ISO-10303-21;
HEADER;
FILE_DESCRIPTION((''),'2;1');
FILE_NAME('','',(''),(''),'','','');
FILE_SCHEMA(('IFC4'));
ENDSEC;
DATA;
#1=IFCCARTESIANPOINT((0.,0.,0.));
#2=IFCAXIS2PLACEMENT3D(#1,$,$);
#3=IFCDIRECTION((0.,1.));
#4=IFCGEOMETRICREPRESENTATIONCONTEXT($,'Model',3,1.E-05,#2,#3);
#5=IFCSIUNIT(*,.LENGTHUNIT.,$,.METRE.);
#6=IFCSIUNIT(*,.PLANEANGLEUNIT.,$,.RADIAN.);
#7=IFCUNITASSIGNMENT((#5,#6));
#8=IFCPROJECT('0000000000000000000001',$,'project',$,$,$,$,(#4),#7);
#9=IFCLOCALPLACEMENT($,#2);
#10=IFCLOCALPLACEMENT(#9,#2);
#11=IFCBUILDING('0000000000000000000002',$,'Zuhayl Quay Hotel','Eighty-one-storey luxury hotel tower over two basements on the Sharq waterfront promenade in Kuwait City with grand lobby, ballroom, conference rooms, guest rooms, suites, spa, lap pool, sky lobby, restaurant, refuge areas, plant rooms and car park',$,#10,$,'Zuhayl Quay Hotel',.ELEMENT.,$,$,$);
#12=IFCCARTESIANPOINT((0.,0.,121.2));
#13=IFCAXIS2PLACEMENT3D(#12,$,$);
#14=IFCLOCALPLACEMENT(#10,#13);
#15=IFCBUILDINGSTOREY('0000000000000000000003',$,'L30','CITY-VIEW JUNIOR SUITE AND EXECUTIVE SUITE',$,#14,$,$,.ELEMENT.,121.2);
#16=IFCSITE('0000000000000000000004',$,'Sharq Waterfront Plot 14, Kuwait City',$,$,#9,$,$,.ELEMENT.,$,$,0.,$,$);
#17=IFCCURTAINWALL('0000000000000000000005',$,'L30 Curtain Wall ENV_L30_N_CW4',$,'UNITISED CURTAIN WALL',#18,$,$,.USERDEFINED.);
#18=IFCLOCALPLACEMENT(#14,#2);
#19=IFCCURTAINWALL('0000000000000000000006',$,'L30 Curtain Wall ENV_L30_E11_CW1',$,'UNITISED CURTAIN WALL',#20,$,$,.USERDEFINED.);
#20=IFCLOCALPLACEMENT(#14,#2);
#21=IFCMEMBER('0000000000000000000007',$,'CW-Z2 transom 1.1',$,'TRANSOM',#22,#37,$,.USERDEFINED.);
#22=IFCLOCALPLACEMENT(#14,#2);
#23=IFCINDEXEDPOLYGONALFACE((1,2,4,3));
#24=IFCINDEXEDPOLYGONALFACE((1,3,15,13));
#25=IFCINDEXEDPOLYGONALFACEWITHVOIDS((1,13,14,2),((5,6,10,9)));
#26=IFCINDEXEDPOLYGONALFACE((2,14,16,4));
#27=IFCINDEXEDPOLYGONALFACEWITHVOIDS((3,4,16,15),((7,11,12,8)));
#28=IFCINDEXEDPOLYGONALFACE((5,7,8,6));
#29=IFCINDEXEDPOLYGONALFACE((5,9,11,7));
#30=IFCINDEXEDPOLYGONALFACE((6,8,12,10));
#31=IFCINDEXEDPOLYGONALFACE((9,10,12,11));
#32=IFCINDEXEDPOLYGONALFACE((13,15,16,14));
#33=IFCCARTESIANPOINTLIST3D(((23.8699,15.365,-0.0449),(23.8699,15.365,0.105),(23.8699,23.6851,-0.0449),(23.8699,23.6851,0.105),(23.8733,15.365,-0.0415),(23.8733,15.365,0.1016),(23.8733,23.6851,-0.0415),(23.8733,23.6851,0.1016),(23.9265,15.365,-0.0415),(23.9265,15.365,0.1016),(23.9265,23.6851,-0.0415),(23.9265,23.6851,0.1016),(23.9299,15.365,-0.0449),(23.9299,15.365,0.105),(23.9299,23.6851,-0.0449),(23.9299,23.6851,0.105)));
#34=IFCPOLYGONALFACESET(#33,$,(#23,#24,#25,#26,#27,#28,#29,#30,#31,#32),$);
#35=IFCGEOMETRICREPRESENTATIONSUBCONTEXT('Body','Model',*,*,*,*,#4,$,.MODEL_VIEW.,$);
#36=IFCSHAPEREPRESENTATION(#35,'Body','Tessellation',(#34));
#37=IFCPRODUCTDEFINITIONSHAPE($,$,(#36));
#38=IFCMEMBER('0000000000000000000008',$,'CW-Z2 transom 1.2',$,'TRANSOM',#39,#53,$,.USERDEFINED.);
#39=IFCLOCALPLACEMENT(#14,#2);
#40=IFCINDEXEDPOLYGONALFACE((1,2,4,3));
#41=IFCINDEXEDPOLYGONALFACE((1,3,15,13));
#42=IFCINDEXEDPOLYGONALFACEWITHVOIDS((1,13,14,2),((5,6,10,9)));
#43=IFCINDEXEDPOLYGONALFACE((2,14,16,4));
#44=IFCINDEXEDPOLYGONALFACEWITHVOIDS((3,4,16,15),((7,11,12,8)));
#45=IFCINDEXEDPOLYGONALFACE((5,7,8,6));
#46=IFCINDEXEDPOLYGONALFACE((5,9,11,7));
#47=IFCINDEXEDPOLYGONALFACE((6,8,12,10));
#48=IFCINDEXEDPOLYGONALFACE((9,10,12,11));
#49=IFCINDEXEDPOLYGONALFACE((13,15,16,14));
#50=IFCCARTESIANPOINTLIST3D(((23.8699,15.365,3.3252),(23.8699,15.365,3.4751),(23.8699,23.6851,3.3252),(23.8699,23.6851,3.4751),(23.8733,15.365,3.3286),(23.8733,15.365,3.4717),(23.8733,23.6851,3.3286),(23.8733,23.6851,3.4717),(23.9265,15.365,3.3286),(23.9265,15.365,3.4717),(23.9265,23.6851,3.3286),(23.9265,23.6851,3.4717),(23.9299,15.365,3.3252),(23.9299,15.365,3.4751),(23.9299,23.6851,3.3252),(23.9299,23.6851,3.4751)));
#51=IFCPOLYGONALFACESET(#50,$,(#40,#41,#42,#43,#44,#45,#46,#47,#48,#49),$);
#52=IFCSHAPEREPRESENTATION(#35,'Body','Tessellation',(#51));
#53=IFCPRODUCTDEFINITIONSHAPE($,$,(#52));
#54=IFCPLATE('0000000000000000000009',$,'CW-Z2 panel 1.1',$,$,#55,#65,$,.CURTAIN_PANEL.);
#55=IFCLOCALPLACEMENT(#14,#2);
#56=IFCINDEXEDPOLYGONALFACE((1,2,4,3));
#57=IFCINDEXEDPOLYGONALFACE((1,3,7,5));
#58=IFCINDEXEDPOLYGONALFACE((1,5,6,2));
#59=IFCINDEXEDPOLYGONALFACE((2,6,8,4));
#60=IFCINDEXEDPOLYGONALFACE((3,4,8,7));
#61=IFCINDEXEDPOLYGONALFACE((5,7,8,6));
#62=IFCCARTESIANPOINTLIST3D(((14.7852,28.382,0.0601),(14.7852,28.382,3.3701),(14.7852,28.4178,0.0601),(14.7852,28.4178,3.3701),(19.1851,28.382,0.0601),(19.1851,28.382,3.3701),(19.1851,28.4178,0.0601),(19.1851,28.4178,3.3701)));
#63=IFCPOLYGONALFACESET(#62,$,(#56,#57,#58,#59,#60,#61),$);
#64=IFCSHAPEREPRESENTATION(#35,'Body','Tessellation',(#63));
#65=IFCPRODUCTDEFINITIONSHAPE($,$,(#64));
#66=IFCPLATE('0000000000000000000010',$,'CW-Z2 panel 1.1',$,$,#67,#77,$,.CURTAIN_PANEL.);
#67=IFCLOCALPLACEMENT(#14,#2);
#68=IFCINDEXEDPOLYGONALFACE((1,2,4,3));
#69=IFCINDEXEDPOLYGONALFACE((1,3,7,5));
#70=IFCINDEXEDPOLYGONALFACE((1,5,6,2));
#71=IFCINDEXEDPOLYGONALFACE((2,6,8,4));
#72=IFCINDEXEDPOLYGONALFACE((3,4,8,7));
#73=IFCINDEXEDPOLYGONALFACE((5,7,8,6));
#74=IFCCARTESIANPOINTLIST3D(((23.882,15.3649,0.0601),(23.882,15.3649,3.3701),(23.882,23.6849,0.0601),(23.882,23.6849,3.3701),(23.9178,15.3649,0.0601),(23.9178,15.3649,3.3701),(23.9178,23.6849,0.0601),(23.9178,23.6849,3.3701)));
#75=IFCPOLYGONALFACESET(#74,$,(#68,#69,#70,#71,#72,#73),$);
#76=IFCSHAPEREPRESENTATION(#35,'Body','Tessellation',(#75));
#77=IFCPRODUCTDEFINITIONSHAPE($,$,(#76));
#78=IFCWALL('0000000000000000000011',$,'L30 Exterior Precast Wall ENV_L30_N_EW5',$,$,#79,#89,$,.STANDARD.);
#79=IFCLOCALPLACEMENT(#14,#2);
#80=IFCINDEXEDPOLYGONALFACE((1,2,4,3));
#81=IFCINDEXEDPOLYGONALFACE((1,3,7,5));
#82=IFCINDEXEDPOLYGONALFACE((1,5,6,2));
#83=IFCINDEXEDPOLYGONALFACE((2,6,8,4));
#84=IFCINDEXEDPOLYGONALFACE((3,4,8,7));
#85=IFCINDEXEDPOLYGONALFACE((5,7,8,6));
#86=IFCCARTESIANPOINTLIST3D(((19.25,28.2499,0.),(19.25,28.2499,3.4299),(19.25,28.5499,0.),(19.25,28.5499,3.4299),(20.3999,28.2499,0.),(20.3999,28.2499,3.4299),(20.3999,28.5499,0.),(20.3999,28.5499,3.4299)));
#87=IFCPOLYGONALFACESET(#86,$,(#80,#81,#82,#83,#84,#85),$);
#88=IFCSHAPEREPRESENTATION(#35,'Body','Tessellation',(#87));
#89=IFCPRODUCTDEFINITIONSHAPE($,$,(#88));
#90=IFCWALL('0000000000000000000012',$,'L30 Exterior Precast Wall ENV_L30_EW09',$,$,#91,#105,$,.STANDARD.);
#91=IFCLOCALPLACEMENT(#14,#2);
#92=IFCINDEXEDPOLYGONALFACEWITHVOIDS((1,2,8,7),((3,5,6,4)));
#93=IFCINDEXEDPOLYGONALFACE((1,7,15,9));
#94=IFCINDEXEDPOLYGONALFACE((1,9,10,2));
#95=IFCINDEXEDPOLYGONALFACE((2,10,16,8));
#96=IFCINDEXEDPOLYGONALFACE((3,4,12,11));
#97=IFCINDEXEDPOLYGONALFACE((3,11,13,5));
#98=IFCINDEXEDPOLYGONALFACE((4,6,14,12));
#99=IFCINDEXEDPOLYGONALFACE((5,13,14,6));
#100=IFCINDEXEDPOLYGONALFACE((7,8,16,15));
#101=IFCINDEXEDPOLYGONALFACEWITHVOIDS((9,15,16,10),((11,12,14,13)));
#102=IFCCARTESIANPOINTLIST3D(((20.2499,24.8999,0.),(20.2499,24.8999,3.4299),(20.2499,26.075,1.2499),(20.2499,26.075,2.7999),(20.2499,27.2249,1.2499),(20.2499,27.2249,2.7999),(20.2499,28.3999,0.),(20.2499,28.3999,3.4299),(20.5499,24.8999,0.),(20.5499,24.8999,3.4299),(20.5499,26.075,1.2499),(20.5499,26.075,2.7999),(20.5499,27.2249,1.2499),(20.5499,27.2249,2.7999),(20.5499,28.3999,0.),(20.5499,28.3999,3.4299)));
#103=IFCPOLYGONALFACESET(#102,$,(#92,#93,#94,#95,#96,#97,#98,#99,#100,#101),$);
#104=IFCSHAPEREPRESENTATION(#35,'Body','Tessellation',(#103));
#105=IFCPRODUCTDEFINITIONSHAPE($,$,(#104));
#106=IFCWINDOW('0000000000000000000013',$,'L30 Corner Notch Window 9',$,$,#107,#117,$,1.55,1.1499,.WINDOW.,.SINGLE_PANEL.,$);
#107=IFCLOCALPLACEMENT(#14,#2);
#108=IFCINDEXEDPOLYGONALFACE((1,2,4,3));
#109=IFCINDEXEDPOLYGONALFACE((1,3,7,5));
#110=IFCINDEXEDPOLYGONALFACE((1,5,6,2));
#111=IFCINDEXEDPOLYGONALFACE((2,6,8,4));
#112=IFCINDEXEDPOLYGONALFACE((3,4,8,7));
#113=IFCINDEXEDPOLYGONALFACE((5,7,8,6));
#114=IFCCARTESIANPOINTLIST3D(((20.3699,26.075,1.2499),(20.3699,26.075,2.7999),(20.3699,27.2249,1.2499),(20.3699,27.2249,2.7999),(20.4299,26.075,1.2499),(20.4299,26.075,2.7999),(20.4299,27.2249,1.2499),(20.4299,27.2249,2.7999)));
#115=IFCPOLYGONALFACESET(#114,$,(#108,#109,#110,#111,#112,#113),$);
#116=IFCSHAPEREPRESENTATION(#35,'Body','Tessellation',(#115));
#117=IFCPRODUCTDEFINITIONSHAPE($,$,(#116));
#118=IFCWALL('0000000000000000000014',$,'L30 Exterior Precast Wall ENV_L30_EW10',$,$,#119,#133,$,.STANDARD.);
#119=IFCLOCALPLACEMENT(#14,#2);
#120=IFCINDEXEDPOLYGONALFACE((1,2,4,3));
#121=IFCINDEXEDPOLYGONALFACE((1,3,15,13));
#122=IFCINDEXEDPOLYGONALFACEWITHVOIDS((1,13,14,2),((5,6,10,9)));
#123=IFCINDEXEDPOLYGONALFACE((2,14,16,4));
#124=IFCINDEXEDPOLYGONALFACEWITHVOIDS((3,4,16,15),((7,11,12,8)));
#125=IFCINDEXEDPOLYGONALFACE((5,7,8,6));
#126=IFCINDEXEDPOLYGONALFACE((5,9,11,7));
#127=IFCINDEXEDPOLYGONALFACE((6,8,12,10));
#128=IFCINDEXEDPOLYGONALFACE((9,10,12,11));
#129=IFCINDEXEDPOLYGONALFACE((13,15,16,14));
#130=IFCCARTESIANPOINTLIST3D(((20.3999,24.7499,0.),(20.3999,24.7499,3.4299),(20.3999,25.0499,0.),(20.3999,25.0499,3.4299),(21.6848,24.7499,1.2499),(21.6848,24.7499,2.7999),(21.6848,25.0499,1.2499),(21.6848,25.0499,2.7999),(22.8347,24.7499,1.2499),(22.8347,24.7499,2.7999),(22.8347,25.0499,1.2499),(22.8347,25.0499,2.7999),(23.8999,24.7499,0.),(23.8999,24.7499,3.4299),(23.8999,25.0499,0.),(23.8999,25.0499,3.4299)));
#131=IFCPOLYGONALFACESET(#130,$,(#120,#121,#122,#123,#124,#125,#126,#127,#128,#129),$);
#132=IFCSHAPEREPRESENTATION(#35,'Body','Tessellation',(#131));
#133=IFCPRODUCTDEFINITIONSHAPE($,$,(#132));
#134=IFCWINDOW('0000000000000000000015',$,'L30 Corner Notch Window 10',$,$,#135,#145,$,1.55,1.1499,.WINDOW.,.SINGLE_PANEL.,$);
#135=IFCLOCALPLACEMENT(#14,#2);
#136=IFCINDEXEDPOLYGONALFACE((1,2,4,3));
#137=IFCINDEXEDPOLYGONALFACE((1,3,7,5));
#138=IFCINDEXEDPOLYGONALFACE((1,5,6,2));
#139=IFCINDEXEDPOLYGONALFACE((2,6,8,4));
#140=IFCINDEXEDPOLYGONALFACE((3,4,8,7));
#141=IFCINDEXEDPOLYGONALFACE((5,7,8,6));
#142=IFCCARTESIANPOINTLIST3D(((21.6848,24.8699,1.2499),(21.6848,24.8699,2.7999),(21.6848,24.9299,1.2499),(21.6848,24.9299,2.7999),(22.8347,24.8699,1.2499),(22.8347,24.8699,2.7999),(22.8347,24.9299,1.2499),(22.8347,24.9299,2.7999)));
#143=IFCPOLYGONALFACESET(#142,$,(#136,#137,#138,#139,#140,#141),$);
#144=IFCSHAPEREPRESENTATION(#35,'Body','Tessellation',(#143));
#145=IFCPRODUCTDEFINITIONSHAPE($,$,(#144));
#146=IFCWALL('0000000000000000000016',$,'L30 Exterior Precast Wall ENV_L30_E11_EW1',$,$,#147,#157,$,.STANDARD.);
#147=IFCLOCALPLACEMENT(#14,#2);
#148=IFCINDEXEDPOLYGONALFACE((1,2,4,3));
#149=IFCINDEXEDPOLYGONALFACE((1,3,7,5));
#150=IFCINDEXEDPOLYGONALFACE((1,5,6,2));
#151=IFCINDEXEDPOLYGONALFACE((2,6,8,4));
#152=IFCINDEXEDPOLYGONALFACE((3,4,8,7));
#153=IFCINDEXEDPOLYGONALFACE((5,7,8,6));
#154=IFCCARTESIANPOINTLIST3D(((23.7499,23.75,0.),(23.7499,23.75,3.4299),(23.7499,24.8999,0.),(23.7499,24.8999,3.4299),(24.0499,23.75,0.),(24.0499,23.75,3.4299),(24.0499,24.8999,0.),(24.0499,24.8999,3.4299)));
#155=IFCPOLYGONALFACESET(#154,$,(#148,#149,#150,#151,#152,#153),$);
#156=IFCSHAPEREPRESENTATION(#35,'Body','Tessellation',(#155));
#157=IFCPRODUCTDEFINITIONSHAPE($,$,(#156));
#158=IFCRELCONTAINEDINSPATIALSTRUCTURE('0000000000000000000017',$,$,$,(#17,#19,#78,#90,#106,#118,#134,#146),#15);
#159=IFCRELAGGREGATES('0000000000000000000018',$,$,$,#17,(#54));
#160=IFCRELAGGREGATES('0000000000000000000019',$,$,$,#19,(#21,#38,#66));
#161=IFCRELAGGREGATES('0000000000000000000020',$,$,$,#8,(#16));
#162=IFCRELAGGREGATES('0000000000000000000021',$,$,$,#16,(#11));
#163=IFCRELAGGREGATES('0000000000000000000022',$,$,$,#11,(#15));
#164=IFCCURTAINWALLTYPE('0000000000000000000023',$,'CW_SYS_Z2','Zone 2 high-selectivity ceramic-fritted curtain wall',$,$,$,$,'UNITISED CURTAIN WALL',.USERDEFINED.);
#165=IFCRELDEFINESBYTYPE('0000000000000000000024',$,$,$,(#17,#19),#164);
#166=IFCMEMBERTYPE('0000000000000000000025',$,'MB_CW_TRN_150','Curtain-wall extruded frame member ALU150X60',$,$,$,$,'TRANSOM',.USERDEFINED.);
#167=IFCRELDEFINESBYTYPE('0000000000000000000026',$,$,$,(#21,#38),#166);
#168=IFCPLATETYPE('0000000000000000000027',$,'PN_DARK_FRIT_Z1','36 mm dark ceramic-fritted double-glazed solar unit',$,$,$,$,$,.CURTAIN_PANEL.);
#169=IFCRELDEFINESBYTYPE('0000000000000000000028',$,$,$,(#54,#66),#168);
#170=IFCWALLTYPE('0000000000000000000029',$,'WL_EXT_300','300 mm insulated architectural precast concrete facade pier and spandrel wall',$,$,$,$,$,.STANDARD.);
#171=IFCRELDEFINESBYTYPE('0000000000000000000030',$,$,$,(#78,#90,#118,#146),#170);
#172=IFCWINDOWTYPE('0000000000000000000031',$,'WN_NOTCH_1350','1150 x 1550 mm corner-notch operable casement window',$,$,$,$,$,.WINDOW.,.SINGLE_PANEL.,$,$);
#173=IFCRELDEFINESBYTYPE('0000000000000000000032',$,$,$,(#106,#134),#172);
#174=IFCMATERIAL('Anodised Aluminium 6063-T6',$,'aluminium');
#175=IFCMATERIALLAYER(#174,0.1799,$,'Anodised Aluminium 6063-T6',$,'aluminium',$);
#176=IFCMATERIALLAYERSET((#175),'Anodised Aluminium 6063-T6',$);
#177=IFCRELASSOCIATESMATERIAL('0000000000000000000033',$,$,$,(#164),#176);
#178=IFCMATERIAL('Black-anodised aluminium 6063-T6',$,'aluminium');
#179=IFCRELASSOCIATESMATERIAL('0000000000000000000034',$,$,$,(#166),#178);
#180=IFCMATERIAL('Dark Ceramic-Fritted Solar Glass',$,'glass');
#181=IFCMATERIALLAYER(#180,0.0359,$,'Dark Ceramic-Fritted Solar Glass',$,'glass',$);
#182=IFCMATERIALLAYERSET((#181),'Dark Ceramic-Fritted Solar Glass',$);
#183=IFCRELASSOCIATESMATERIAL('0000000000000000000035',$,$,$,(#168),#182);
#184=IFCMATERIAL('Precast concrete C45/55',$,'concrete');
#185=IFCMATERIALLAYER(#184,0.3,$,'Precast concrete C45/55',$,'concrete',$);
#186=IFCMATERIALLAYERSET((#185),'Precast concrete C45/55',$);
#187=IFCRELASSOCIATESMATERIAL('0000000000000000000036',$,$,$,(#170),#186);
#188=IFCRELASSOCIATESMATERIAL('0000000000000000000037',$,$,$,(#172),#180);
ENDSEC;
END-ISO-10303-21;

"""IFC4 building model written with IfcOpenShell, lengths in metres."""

from ifc_helpers import new_model, si_unit, direction, frame, frame_2d, origin, origin_2d, place, context, subcontext, project, spatial, rectangle, hollow_rectangle, extrude, material, layer, layer_set, material_profile, profile_set, type_object, element, fill, aggregate, save


model = new_model("IFC4")

# Units and contexts
model_context = context("Model", 3, precision=1e-05, world=origin(), true_north=direction((0.0, 1.0)))
body_context = subcontext(model_context, "Body", "Model", "MODEL_VIEW")
ifc_project = project(units=[si_unit("LENGTHUNIT", "METRE"), si_unit("PLANEANGLEUNIT", "RADIAN")], contexts=[model_context])

# Site, building, storey
site_placement = place(None, origin())
site = spatial("IfcSite", under=ifc_project, at=site_placement, Name="Sharq Waterfront Plot 14, Kuwait City", CompositionType="ELEMENT", RefElevation=0.0)
building_placement = place(site_placement, origin())
building = spatial("IfcBuilding", under=site, at=building_placement, Name="Zuhayl Quay Hotel", Description="Eighty-one-storey luxury hotel tower over two basements on the Sharq waterfront promenade in Kuwait City with grand lobby, ballroom, conference rooms, guest rooms, suites, spa, lap pool, sky lobby, restaurant, refuge areas, plant rooms and car park", LongName="Zuhayl Quay Hotel", CompositionType="ELEMENT")
storey_placement = place(building_placement, frame((0.0, 0.0, 121.2)))
storey = spatial("IfcBuildingStorey", under=building, at=storey_placement, Name="L30", Description="CITY-VIEW JUNIOR SUITE AND EXECUTIVE SUITE", CompositionType="ELEMENT", Elevation=121.2)

# Curtain walls
ifc_material_1 = material(Name="Anodised Aluminium 6063-T6", Category="aluminium")
ifc_layer_1 = layer(ifc_material_1, 0.1799, Name="Anodised Aluminium 6063-T6", Category="aluminium")
ifc_layer_set_1 = layer_set([ifc_layer_1], Name="Anodised Aluminium 6063-T6")
curtain_wall_type = type_object("IfcCurtainWallType", Name="CW_SYS_Z2", Description="Zone 2 high-selectivity ceramic-fritted curtain wall", ElementType="UNITISED CURTAIN WALL", PredefinedType="USERDEFINED", material=ifc_layer_set_1)
curtain_wall_1_placement = place(storey_placement, origin())
curtain_wall_1 = element("IfcCurtainWall", 1, at=curtain_wall_1_placement, inside=storey, type_object=curtain_wall_type, Name="L30 Curtain Wall ENV_L30_N_CW4", ObjectType="UNITISED CURTAIN WALL", PredefinedType="USERDEFINED")
ifc_material_2 = material(Name="Black-anodised aluminium 6063-T6", Category="aluminium")
curtain_wall_2_placement = place(storey_placement, origin())
curtain_wall_2 = element("IfcCurtainWall", 2, at=curtain_wall_2_placement, inside=storey, type_object=curtain_wall_type, Name="L30 Curtain Wall ENV_L30_E11_CW1", ObjectType="UNITISED CURTAIN WALL", PredefinedType="USERDEFINED")

# Members
ifc_material_profile_1 = material_profile(ifc_material_2, hollow_rectangle(XDim=0.0601, YDim=0.1499, WallThickness=0.0034, at=origin_2d()), Name="ALU150X60")
ifc_profile_set_1 = profile_set([ifc_material_profile_1], Name="Black-anodised aluminium 6063-T6")
member_type_1 = type_object("IfcMemberType", Name="MB_CW_TRN_150", Description="Curtain-wall extruded frame member ALU150X60", ElementType="TRANSOM", PredefinedType="USERDEFINED", material=ifc_profile_set_1)
member_1_placement = place(storey_placement, frame((23.8999, 23.6851, 0.03), z_axis=(0.0, -1.0, 0.0), x_axis=(1.0, 0.0, 0.0)))
member_1 = element("IfcMember", 3, at=member_1_placement, type_object=member_type_1, Name="CW-Z2 transom 1.1", ObjectType="TRANSOM", PredefinedType="USERDEFINED", context=body_context, shape_type="SweptSolid", body=[
    extrude(hollow_rectangle(XDim=0.0601, YDim=0.1499, WallThickness=0.0034, at=origin_2d()), origin(), (0.0, 0.0, 1.0), 8.3201),
])
member_2_placement = place(storey_placement, frame((23.8999, 23.6851, 3.4001), z_axis=(0.0, -1.0, 0.0), x_axis=(1.0, 0.0, 0.0)))
member_2 = element("IfcMember", 4, at=member_2_placement, type_object=member_type_1, Name="CW-Z2 transom 1.2", ObjectType="TRANSOM", PredefinedType="USERDEFINED", context=body_context, shape_type="SweptSolid", body=[
    extrude(hollow_rectangle(XDim=0.0601, YDim=0.1499, WallThickness=0.0034, at=origin_2d()), origin(), (0.0, 0.0, 1.0), 8.3201),
])

# Plates
ifc_material_3 = material(Name="Dark Ceramic-Fritted Solar Glass", Category="glass")
ifc_layer_2 = layer(ifc_material_3, 0.0359, Name="Dark Ceramic-Fritted Solar Glass", Category="glass")
ifc_layer_set_2 = layer_set([ifc_layer_2], Name="Dark Ceramic-Fritted Solar Glass")
plate_type = type_object("IfcPlateType", Name="PN_DARK_FRIT_Z1", Description="36 mm dark ceramic-fritted double-glazed solar unit", PredefinedType="CURTAIN_PANEL", material=ifc_layer_set_2)
plate_1_placement = place(storey_placement, frame((16.9851, 28.3999, 0.0601), z_axis=(0.0, 0.0, 1.0), x_axis=(1.0, 0.0, 0.0)))
plate_1 = element("IfcPlate", 5, at=plate_1_placement, type_object=plate_type, Name="CW-Z2 panel 1.1", PredefinedType="CURTAIN_PANEL", context=body_context, shape_type="SweptSolid", body=[
    extrude(rectangle(XDim=4.3999, YDim=0.0359, at=origin_2d()), origin(), (0.0, 0.0, 1.0), 3.3101),
])
aggregate(curtain_wall_1, [plate_1])
plate_2_placement = place(storey_placement, frame((23.8999, 19.5249, 0.0601), z_axis=(0.0, 0.0, 1.0), x_axis=(0.0, -1.0, 0.0)))
plate_2 = element("IfcPlate", 6, at=plate_2_placement, type_object=plate_type, Name="CW-Z2 panel 1.1", PredefinedType="CURTAIN_PANEL", context=body_context, shape_type="SweptSolid", body=[
    extrude(rectangle(XDim=8.3201, YDim=0.0359, at=origin_2d()), origin(), (0.0, 0.0, 1.0), 3.3101),
])
aggregate(curtain_wall_2, [member_1, member_2, plate_2])

# Wall
ifc_material_4 = material(Name="Precast concrete C45/55", Category="concrete")
ifc_layer_3 = layer(ifc_material_4, 0.3, Name="Precast concrete C45/55", Category="concrete")
ifc_layer_set_3 = layer_set([ifc_layer_3], Name="Precast concrete C45/55")
wall_type_1 = type_object("IfcWallType", Name="WL_EXT_300", Description="300 mm insulated architectural precast concrete facade pier and spandrel wall", PredefinedType="STANDARD", material=ifc_layer_set_3)
wall_1_placement = place(storey_placement, frame((19.25, 28.3999, 0.0), z_axis=(0.0, 0.0, 1.0), x_axis=(1.0, 0.0, 0.0)))
element("IfcWall", 7, at=wall_1_placement, inside=storey, type_object=wall_type_1, Name="L30 Exterior Precast Wall ENV_L30_N_EW5", PredefinedType="STANDARD", context=body_context, shape_type="SweptSolid", body=[
    extrude(rectangle(XDim=1.1499, YDim=0.3, at=frame_2d((0.575, 0.0))), origin(), (0.0, 0.0, 1.0), 3.4299),
])

# Walls, openings, windows
wall_2_placement = place(storey_placement, frame((20.3999, 28.3999, 0.0), z_axis=(0.0, 0.0, 1.0), x_axis=(0.0, -1.0, 0.0)))
wall_2 = element("IfcWall", 8, at=wall_2_placement, inside=storey, type_object=wall_type_1, Name="L30 Exterior Precast Wall ENV_L30_EW09", PredefinedType="STANDARD", context=body_context, shape_type="SweptSolid", body=[
    extrude(rectangle(XDim=3.5, YDim=0.3, at=frame_2d((1.75, 0.0))), origin(), (0.0, 0.0, 1.0), 3.4299),
])
opening_1_placement = place(wall_2_placement, frame((1.175, 0.0, 1.25)))
opening_1 = element("IfcOpeningElement", 9, at=opening_1_placement, cuts=wall_2, PredefinedType="OPENING", context=body_context, shape_type="SweptSolid", body=[
    extrude(rectangle(XDim=1.1499, YDim=1.55, at=frame_2d((0.575, 0.7749))), frame((0.0, 0.1599, 0.0), z_axis=(0.0, -1.0, 0.0), x_axis=(1.0, 0.0, 0.0)), (0.0, 0.0, 1.0), 0.3201),
])
window_type_1 = type_object("IfcWindowType", Name="WN_NOTCH_1350", Description="1150 x 1550 mm corner-notch operable casement window", PartitioningType="SINGLE_PANEL", PredefinedType="WINDOW", material=ifc_material_3)
window_1_placement = place(opening_1_placement, origin())
window_1 = element("IfcWindow", 10, at=window_1_placement, inside=storey, type_object=window_type_1, Name="L30 Corner Notch Window 9", OverallHeight=1.55, OverallWidth=1.1499, PartitioningType="SINGLE_PANEL", PredefinedType="WINDOW", context=body_context, shape_type="SweptSolid", body=[
    extrude(rectangle(XDim=1.1499, YDim=1.55, at=frame_2d((0.575, 0.7749))), frame((0.0, 0.03, 0.0), z_axis=(0.0, -1.0, 0.0), x_axis=(1.0, 0.0, 0.0)), (0.0, 0.0, 1.0), 0.0601),
])
fill(opening_1, window_1)
wall_3_placement = place(storey_placement, frame((20.3999, 24.8999, 0.0), z_axis=(0.0, 0.0, 1.0), x_axis=(1.0, 0.0, 0.0)))
wall_3 = element("IfcWall", 11, at=wall_3_placement, inside=storey, type_object=wall_type_1, Name="L30 Exterior Precast Wall ENV_L30_EW10", PredefinedType="STANDARD", context=body_context, shape_type="SweptSolid", body=[
    extrude(rectangle(XDim=3.5, YDim=0.3, at=frame_2d((1.75, 0.0))), origin(), (0.0, 0.0, 1.0), 3.4299),
])
opening_2_placement = place(wall_3_placement, frame((1.2849, 0.0, 1.25)))
opening_2 = element("IfcOpeningElement", 12, at=opening_2_placement, cuts=wall_3, PredefinedType="OPENING", context=body_context, shape_type="SweptSolid", body=[
    extrude(rectangle(XDim=1.1499, YDim=1.55, at=frame_2d((0.575, 0.7749))), frame((0.0, 0.1599, 0.0), z_axis=(0.0, -1.0, 0.0), x_axis=(1.0, 0.0, 0.0)), (0.0, 0.0, 1.0), 0.3201),
])
window_2_placement = place(opening_2_placement, origin())
window_2 = element("IfcWindow", 13, at=window_2_placement, inside=storey, type_object=window_type_1, Name="L30 Corner Notch Window 10", OverallHeight=1.55, OverallWidth=1.1499, PartitioningType="SINGLE_PANEL", PredefinedType="WINDOW", context=body_context, shape_type="SweptSolid", body=[
    extrude(rectangle(XDim=1.1499, YDim=1.55, at=frame_2d((0.575, 0.7749))), frame((0.0, 0.03, 0.0), z_axis=(0.0, -1.0, 0.0), x_axis=(1.0, 0.0, 0.0)), (0.0, 0.0, 1.0), 0.0601),
])
fill(opening_2, window_2)

# Wall
wall_4_placement = place(storey_placement, frame((23.8999, 24.8999, 0.0), z_axis=(0.0, 0.0, 1.0), x_axis=(0.0, -1.0, 0.0)))
element("IfcWall", 14, at=wall_4_placement, inside=storey, type_object=wall_type_1, Name="L30 Exterior Precast Wall ENV_L30_E11_EW1", PredefinedType="STANDARD", context=body_context, shape_type="SweptSolid", body=[
    extrude(rectangle(XDim=1.1499, YDim=0.3, at=frame_2d((0.575, 0.0))), origin(), (0.0, 0.0, 1.0), 3.4299),
])

save(model, "model.ifc")
